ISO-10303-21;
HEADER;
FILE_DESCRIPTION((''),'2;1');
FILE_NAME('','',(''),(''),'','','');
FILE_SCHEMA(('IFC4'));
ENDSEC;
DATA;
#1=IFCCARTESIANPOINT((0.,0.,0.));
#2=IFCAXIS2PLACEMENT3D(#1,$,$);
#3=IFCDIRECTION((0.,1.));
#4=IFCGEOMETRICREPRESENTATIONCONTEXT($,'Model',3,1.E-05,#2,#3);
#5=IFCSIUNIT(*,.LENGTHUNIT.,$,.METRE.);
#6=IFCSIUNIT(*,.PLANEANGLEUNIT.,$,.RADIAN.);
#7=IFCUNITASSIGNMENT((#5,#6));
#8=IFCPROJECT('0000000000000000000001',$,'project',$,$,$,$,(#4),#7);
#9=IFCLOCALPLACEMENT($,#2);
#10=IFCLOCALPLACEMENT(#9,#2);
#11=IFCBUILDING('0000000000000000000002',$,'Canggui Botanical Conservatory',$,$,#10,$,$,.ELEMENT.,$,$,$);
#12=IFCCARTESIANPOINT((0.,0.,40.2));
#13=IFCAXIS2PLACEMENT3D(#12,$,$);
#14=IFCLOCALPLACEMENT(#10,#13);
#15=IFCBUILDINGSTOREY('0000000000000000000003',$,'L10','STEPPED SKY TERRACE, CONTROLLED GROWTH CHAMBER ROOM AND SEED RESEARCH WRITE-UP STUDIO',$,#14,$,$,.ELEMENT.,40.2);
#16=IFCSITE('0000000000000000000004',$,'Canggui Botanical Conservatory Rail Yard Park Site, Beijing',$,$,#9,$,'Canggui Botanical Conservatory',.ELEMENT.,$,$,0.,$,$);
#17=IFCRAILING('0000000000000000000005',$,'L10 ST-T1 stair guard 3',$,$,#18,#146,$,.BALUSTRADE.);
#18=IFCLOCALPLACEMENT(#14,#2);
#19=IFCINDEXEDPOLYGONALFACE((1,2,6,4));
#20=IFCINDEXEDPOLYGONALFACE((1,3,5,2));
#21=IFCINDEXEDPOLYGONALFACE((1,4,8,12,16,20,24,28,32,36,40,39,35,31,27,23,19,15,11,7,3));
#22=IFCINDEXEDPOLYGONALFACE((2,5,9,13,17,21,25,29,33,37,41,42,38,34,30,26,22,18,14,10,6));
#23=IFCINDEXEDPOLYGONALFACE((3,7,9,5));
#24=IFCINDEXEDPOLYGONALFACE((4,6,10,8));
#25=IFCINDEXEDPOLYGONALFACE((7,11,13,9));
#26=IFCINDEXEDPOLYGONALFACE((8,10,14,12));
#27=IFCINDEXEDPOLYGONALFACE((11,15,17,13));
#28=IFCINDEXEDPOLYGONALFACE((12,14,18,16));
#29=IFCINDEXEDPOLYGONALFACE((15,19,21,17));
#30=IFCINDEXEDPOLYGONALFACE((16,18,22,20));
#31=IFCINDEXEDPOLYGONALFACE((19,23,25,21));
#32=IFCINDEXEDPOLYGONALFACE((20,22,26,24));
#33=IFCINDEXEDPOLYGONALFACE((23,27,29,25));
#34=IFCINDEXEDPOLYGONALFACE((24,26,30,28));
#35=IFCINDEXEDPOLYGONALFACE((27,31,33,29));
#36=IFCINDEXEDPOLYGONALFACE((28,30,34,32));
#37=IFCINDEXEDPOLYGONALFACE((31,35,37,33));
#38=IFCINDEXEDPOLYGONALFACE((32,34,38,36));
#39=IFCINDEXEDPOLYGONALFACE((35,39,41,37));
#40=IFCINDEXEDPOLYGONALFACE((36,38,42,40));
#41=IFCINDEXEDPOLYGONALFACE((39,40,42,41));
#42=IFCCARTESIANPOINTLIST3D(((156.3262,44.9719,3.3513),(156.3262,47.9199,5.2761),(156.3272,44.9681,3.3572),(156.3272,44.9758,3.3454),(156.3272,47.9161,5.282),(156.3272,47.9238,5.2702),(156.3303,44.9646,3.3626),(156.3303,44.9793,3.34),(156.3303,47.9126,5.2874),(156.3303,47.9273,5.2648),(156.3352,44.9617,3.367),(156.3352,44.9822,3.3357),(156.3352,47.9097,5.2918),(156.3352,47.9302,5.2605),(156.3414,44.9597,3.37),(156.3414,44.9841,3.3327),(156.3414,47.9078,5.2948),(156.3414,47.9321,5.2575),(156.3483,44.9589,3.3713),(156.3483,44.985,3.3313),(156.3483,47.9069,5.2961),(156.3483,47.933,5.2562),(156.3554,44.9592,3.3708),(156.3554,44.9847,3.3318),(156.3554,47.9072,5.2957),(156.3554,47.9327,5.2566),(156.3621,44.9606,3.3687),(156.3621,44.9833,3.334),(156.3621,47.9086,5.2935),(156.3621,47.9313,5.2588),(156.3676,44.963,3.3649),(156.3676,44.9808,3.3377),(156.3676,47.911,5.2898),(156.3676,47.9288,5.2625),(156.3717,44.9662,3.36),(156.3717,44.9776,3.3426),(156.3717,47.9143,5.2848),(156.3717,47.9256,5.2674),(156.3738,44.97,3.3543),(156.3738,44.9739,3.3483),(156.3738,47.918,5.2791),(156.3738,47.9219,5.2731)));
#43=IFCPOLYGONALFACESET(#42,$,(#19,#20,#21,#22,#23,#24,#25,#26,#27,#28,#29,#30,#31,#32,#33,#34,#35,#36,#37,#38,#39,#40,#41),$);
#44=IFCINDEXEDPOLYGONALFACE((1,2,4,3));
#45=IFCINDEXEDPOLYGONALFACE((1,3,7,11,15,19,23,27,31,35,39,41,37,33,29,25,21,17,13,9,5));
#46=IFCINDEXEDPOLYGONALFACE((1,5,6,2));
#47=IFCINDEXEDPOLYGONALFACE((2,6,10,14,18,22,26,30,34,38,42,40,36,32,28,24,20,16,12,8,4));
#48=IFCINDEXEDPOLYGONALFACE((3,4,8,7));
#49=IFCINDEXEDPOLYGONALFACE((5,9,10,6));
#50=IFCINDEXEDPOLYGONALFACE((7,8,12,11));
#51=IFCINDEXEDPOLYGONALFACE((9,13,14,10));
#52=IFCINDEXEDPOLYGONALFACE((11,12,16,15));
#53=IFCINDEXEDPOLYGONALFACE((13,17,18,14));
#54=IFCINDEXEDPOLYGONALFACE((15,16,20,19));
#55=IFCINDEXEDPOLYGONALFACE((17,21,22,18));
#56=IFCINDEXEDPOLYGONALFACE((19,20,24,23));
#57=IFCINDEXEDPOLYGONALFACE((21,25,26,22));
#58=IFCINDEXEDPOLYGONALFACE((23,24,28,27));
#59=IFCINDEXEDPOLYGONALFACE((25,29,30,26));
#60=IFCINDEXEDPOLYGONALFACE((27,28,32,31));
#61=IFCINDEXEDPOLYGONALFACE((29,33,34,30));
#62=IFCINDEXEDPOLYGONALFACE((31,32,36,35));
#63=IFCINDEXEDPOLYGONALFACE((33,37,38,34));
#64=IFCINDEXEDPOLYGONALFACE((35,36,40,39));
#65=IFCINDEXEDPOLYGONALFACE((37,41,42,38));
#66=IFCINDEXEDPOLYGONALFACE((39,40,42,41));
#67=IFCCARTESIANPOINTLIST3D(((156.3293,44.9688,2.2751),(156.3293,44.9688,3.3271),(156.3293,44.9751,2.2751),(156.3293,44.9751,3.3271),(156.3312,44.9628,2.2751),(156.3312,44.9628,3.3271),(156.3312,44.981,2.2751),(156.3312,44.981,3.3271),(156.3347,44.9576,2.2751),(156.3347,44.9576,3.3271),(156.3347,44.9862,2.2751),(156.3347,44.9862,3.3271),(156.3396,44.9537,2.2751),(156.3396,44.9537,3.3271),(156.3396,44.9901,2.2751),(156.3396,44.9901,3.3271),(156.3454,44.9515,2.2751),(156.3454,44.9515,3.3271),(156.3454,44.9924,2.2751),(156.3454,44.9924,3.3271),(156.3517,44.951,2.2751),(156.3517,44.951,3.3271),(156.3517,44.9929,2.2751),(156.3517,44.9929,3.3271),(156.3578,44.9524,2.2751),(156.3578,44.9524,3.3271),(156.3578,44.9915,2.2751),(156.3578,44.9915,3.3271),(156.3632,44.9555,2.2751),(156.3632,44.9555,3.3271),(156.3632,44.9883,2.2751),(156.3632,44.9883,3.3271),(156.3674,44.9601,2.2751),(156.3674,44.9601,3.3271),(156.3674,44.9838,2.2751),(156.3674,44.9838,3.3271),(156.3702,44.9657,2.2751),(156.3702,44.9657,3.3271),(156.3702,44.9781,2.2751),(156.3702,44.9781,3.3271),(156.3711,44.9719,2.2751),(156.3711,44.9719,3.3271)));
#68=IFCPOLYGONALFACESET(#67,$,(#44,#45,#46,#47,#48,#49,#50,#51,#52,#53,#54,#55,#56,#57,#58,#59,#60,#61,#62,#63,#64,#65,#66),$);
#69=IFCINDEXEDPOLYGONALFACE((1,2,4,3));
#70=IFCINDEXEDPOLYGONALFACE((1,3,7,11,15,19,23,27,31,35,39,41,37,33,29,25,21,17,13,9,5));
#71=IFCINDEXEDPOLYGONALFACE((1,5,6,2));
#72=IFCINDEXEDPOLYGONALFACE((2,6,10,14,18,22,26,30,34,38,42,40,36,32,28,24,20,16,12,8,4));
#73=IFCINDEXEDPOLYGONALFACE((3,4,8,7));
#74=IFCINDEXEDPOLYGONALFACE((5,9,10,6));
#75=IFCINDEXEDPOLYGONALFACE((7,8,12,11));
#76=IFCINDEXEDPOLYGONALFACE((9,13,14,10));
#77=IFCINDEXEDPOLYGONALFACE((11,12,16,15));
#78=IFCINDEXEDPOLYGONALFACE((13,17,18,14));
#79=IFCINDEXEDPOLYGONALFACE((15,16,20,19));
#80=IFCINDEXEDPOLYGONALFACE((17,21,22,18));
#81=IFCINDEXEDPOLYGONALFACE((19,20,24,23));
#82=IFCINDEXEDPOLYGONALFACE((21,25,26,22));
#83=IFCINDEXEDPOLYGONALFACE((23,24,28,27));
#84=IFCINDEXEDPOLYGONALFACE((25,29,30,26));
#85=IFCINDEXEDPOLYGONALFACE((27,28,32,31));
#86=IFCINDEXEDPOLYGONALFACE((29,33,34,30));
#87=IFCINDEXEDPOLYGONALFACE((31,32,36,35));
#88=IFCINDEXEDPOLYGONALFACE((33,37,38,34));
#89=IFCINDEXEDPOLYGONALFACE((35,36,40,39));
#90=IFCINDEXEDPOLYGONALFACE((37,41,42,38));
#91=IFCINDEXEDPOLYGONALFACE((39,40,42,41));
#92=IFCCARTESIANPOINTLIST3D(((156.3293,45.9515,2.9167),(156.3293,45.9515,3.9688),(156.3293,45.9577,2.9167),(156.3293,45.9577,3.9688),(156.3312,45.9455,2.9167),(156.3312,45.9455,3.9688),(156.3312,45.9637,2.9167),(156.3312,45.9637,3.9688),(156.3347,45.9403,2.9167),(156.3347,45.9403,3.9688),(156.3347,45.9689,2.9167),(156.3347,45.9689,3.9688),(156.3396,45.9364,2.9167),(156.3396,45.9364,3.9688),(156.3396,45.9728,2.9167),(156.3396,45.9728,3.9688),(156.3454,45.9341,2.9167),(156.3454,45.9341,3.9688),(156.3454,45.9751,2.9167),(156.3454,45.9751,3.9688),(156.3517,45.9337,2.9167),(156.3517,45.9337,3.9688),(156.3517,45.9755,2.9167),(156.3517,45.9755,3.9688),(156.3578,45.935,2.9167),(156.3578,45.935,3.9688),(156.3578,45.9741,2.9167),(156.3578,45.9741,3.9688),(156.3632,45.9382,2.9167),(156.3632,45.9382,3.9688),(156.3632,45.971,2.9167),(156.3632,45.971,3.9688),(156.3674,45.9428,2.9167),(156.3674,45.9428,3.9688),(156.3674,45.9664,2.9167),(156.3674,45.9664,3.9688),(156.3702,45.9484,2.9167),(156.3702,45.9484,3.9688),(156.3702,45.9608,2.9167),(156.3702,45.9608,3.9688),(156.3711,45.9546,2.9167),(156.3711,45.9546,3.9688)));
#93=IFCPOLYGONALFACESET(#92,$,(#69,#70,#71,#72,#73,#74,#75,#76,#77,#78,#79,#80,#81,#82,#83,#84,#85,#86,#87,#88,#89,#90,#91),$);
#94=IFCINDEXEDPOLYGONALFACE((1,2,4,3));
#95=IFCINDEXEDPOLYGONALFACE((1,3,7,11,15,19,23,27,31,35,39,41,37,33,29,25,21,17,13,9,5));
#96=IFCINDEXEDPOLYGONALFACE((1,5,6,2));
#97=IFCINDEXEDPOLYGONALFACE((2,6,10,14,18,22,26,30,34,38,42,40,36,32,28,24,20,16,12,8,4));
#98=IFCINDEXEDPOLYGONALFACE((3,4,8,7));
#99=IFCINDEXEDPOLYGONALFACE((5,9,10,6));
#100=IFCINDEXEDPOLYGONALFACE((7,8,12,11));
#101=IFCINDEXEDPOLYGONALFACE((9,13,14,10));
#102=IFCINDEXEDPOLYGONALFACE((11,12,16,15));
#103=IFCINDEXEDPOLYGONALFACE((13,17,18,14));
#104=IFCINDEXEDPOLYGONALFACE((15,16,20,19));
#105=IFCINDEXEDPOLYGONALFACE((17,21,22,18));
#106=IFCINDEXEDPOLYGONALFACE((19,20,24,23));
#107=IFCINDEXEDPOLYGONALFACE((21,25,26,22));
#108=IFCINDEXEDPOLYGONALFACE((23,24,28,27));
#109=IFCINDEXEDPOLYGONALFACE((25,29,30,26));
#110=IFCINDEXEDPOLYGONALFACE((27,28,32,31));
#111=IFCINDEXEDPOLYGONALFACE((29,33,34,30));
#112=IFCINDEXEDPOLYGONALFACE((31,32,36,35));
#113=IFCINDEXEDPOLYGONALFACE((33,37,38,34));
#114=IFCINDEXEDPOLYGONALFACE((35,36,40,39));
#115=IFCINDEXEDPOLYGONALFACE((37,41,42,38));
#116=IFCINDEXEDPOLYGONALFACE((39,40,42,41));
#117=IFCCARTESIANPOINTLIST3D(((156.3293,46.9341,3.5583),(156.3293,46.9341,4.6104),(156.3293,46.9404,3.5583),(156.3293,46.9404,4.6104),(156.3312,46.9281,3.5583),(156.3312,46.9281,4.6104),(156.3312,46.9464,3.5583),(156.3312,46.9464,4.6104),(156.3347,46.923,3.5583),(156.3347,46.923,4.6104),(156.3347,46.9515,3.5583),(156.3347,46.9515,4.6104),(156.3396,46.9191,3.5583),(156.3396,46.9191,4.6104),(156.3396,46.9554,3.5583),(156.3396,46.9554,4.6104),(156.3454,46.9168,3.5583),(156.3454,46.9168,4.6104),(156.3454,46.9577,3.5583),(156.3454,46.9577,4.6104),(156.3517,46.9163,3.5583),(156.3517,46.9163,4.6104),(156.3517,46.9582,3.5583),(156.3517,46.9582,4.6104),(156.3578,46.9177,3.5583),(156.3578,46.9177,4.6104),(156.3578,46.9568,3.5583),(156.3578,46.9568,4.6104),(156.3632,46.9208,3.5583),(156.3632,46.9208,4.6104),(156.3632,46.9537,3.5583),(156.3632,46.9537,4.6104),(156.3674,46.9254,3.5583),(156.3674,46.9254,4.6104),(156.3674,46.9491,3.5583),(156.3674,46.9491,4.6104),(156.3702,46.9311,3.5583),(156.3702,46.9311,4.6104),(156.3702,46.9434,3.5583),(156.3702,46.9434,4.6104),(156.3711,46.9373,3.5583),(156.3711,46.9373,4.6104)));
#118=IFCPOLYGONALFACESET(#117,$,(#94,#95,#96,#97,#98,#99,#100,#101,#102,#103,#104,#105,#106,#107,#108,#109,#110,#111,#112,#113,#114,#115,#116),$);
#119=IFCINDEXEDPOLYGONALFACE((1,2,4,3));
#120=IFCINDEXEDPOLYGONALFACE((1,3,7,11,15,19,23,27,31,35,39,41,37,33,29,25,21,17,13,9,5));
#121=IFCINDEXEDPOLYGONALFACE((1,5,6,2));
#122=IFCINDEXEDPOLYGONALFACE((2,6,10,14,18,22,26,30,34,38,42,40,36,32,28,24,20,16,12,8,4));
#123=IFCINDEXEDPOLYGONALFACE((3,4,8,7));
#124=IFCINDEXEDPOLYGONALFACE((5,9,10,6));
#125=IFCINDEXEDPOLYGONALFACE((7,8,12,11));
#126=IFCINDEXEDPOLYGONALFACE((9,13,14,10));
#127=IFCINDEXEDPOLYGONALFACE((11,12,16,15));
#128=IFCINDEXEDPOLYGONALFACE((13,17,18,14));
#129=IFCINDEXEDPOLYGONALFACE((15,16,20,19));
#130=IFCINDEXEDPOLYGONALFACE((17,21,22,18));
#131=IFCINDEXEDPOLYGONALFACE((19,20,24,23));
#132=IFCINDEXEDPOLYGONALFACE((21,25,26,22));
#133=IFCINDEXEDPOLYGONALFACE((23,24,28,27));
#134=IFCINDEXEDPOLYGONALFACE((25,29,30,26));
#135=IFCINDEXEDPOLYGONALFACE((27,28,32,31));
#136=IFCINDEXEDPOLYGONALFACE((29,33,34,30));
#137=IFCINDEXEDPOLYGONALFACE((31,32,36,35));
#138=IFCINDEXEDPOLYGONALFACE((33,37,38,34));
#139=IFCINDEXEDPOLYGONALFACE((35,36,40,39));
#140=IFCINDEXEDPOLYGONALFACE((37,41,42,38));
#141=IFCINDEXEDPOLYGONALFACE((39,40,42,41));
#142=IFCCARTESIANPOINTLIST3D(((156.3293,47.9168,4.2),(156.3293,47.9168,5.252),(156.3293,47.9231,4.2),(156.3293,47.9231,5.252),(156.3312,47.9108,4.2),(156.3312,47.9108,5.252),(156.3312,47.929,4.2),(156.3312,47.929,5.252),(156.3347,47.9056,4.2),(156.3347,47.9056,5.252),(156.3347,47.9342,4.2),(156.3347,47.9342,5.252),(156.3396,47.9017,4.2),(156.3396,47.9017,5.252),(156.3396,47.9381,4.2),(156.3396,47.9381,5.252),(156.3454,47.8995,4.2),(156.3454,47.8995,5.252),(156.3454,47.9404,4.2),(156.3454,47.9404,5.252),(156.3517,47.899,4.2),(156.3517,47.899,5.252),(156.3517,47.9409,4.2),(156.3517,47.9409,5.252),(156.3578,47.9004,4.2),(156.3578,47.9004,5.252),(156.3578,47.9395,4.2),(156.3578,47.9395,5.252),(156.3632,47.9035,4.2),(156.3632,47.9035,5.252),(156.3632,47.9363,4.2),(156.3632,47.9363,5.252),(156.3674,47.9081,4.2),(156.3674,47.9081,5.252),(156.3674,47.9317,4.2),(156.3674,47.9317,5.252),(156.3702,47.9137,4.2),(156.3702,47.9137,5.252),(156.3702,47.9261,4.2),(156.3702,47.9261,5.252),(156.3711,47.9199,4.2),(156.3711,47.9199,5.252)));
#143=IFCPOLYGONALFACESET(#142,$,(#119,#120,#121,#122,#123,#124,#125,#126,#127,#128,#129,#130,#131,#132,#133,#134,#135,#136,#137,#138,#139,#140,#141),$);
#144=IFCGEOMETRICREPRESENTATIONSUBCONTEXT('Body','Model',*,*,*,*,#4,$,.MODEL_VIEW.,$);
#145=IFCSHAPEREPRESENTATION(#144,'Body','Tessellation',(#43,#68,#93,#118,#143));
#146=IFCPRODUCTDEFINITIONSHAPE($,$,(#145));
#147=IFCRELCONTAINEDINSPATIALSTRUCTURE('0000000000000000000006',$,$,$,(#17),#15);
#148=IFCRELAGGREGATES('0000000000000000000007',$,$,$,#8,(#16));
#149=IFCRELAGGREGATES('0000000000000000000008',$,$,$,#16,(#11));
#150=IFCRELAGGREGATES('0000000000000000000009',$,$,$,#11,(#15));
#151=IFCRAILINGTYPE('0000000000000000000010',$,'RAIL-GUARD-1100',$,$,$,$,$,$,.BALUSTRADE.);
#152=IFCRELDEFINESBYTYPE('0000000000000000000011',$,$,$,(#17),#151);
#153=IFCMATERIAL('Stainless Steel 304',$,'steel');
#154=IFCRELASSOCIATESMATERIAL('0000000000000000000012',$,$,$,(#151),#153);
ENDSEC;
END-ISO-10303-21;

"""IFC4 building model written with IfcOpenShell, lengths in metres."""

from ifc_helpers import new_model, si_unit, direction, frame, origin, origin_2d, place, context, subcontext, project, spatial, circle, extrude, material, type_object, element, save


model = new_model("IFC4")

# Units and contexts
model_context = context("Model", 3, precision=1e-05, world=origin(), true_north=direction((0.0, 1.0)))
body_context = subcontext(model_context, "Body", "Model", "MODEL_VIEW")
ifc_project = project(units=[si_unit("LENGTHUNIT", "METRE"), si_unit("PLANEANGLEUNIT", "RADIAN")], contexts=[model_context])

# Site, building, storey
site_placement = place(None, origin())
site = spatial("IfcSite", under=ifc_project, at=site_placement, Name="Canggui Botanical Conservatory Rail Yard Park Site, Beijing", LongName="Canggui Botanical Conservatory", CompositionType="ELEMENT", RefElevation=0.0)
building_placement = place(site_placement, origin())
building = spatial("IfcBuilding", under=site, at=building_placement, Name="Canggui Botanical Conservatory", CompositionType="ELEMENT")
storey_placement = place(building_placement, frame((0.0, 0.0, 40.2)))
storey = spatial("IfcBuildingStorey", under=building, at=storey_placement, Name="L10", Description="STEPPED SKY TERRACE, CONTROLLED GROWTH CHAMBER ROOM AND SEED RESEARCH WRITE-UP STUDIO", CompositionType="ELEMENT", Elevation=40.2)

# Railing
ifc_material_1 = material(Name="Stainless Steel 304", Category="steel")
railing_type_1 = type_object("IfcRailingType", Name="RAIL-GUARD-1100", PredefinedType="BALUSTRADE", material=ifc_material_1)
railing_1_placement = place(storey_placement, frame((156.3501, 44.9719, 2.2751)))
element("IfcRailing", 1, at=railing_1_placement, inside=storey, type_object=railing_type_1, Name="L10 ST-T1 stair guard 3", PredefinedType="BALUSTRADE", context=body_context, shape_type="SweptSolid", body=[
    extrude(circle(Radius=0.0239, at=origin_2d()), frame((0.0, 0.0, 1.0762), z_axis=(0.0, 0.837325, 0.546706), x_axis=(-1.0, 0.0, 0.0)), (0.0, 0.0, 1.0), 3.5208),
    extrude(circle(Radius=0.021, at=origin_2d()), origin(), (0.0, 0.0, 1.0), 1.052),
    extrude(circle(Radius=0.021, at=origin_2d()), frame((0.0, 0.9827, 0.6416)), (0.0, 0.0, 1.0), 1.052),
    extrude(circle(Radius=0.021, at=origin_2d()), frame((0.0, 1.9653, 1.2832)), (0.0, 0.0, 1.0), 1.052),
    extrude(circle(Radius=0.021, at=origin_2d()), frame((0.0, 2.948, 1.9248)), (0.0, 0.0, 1.0), 1.052),
])

save(model, "model.ifc")
